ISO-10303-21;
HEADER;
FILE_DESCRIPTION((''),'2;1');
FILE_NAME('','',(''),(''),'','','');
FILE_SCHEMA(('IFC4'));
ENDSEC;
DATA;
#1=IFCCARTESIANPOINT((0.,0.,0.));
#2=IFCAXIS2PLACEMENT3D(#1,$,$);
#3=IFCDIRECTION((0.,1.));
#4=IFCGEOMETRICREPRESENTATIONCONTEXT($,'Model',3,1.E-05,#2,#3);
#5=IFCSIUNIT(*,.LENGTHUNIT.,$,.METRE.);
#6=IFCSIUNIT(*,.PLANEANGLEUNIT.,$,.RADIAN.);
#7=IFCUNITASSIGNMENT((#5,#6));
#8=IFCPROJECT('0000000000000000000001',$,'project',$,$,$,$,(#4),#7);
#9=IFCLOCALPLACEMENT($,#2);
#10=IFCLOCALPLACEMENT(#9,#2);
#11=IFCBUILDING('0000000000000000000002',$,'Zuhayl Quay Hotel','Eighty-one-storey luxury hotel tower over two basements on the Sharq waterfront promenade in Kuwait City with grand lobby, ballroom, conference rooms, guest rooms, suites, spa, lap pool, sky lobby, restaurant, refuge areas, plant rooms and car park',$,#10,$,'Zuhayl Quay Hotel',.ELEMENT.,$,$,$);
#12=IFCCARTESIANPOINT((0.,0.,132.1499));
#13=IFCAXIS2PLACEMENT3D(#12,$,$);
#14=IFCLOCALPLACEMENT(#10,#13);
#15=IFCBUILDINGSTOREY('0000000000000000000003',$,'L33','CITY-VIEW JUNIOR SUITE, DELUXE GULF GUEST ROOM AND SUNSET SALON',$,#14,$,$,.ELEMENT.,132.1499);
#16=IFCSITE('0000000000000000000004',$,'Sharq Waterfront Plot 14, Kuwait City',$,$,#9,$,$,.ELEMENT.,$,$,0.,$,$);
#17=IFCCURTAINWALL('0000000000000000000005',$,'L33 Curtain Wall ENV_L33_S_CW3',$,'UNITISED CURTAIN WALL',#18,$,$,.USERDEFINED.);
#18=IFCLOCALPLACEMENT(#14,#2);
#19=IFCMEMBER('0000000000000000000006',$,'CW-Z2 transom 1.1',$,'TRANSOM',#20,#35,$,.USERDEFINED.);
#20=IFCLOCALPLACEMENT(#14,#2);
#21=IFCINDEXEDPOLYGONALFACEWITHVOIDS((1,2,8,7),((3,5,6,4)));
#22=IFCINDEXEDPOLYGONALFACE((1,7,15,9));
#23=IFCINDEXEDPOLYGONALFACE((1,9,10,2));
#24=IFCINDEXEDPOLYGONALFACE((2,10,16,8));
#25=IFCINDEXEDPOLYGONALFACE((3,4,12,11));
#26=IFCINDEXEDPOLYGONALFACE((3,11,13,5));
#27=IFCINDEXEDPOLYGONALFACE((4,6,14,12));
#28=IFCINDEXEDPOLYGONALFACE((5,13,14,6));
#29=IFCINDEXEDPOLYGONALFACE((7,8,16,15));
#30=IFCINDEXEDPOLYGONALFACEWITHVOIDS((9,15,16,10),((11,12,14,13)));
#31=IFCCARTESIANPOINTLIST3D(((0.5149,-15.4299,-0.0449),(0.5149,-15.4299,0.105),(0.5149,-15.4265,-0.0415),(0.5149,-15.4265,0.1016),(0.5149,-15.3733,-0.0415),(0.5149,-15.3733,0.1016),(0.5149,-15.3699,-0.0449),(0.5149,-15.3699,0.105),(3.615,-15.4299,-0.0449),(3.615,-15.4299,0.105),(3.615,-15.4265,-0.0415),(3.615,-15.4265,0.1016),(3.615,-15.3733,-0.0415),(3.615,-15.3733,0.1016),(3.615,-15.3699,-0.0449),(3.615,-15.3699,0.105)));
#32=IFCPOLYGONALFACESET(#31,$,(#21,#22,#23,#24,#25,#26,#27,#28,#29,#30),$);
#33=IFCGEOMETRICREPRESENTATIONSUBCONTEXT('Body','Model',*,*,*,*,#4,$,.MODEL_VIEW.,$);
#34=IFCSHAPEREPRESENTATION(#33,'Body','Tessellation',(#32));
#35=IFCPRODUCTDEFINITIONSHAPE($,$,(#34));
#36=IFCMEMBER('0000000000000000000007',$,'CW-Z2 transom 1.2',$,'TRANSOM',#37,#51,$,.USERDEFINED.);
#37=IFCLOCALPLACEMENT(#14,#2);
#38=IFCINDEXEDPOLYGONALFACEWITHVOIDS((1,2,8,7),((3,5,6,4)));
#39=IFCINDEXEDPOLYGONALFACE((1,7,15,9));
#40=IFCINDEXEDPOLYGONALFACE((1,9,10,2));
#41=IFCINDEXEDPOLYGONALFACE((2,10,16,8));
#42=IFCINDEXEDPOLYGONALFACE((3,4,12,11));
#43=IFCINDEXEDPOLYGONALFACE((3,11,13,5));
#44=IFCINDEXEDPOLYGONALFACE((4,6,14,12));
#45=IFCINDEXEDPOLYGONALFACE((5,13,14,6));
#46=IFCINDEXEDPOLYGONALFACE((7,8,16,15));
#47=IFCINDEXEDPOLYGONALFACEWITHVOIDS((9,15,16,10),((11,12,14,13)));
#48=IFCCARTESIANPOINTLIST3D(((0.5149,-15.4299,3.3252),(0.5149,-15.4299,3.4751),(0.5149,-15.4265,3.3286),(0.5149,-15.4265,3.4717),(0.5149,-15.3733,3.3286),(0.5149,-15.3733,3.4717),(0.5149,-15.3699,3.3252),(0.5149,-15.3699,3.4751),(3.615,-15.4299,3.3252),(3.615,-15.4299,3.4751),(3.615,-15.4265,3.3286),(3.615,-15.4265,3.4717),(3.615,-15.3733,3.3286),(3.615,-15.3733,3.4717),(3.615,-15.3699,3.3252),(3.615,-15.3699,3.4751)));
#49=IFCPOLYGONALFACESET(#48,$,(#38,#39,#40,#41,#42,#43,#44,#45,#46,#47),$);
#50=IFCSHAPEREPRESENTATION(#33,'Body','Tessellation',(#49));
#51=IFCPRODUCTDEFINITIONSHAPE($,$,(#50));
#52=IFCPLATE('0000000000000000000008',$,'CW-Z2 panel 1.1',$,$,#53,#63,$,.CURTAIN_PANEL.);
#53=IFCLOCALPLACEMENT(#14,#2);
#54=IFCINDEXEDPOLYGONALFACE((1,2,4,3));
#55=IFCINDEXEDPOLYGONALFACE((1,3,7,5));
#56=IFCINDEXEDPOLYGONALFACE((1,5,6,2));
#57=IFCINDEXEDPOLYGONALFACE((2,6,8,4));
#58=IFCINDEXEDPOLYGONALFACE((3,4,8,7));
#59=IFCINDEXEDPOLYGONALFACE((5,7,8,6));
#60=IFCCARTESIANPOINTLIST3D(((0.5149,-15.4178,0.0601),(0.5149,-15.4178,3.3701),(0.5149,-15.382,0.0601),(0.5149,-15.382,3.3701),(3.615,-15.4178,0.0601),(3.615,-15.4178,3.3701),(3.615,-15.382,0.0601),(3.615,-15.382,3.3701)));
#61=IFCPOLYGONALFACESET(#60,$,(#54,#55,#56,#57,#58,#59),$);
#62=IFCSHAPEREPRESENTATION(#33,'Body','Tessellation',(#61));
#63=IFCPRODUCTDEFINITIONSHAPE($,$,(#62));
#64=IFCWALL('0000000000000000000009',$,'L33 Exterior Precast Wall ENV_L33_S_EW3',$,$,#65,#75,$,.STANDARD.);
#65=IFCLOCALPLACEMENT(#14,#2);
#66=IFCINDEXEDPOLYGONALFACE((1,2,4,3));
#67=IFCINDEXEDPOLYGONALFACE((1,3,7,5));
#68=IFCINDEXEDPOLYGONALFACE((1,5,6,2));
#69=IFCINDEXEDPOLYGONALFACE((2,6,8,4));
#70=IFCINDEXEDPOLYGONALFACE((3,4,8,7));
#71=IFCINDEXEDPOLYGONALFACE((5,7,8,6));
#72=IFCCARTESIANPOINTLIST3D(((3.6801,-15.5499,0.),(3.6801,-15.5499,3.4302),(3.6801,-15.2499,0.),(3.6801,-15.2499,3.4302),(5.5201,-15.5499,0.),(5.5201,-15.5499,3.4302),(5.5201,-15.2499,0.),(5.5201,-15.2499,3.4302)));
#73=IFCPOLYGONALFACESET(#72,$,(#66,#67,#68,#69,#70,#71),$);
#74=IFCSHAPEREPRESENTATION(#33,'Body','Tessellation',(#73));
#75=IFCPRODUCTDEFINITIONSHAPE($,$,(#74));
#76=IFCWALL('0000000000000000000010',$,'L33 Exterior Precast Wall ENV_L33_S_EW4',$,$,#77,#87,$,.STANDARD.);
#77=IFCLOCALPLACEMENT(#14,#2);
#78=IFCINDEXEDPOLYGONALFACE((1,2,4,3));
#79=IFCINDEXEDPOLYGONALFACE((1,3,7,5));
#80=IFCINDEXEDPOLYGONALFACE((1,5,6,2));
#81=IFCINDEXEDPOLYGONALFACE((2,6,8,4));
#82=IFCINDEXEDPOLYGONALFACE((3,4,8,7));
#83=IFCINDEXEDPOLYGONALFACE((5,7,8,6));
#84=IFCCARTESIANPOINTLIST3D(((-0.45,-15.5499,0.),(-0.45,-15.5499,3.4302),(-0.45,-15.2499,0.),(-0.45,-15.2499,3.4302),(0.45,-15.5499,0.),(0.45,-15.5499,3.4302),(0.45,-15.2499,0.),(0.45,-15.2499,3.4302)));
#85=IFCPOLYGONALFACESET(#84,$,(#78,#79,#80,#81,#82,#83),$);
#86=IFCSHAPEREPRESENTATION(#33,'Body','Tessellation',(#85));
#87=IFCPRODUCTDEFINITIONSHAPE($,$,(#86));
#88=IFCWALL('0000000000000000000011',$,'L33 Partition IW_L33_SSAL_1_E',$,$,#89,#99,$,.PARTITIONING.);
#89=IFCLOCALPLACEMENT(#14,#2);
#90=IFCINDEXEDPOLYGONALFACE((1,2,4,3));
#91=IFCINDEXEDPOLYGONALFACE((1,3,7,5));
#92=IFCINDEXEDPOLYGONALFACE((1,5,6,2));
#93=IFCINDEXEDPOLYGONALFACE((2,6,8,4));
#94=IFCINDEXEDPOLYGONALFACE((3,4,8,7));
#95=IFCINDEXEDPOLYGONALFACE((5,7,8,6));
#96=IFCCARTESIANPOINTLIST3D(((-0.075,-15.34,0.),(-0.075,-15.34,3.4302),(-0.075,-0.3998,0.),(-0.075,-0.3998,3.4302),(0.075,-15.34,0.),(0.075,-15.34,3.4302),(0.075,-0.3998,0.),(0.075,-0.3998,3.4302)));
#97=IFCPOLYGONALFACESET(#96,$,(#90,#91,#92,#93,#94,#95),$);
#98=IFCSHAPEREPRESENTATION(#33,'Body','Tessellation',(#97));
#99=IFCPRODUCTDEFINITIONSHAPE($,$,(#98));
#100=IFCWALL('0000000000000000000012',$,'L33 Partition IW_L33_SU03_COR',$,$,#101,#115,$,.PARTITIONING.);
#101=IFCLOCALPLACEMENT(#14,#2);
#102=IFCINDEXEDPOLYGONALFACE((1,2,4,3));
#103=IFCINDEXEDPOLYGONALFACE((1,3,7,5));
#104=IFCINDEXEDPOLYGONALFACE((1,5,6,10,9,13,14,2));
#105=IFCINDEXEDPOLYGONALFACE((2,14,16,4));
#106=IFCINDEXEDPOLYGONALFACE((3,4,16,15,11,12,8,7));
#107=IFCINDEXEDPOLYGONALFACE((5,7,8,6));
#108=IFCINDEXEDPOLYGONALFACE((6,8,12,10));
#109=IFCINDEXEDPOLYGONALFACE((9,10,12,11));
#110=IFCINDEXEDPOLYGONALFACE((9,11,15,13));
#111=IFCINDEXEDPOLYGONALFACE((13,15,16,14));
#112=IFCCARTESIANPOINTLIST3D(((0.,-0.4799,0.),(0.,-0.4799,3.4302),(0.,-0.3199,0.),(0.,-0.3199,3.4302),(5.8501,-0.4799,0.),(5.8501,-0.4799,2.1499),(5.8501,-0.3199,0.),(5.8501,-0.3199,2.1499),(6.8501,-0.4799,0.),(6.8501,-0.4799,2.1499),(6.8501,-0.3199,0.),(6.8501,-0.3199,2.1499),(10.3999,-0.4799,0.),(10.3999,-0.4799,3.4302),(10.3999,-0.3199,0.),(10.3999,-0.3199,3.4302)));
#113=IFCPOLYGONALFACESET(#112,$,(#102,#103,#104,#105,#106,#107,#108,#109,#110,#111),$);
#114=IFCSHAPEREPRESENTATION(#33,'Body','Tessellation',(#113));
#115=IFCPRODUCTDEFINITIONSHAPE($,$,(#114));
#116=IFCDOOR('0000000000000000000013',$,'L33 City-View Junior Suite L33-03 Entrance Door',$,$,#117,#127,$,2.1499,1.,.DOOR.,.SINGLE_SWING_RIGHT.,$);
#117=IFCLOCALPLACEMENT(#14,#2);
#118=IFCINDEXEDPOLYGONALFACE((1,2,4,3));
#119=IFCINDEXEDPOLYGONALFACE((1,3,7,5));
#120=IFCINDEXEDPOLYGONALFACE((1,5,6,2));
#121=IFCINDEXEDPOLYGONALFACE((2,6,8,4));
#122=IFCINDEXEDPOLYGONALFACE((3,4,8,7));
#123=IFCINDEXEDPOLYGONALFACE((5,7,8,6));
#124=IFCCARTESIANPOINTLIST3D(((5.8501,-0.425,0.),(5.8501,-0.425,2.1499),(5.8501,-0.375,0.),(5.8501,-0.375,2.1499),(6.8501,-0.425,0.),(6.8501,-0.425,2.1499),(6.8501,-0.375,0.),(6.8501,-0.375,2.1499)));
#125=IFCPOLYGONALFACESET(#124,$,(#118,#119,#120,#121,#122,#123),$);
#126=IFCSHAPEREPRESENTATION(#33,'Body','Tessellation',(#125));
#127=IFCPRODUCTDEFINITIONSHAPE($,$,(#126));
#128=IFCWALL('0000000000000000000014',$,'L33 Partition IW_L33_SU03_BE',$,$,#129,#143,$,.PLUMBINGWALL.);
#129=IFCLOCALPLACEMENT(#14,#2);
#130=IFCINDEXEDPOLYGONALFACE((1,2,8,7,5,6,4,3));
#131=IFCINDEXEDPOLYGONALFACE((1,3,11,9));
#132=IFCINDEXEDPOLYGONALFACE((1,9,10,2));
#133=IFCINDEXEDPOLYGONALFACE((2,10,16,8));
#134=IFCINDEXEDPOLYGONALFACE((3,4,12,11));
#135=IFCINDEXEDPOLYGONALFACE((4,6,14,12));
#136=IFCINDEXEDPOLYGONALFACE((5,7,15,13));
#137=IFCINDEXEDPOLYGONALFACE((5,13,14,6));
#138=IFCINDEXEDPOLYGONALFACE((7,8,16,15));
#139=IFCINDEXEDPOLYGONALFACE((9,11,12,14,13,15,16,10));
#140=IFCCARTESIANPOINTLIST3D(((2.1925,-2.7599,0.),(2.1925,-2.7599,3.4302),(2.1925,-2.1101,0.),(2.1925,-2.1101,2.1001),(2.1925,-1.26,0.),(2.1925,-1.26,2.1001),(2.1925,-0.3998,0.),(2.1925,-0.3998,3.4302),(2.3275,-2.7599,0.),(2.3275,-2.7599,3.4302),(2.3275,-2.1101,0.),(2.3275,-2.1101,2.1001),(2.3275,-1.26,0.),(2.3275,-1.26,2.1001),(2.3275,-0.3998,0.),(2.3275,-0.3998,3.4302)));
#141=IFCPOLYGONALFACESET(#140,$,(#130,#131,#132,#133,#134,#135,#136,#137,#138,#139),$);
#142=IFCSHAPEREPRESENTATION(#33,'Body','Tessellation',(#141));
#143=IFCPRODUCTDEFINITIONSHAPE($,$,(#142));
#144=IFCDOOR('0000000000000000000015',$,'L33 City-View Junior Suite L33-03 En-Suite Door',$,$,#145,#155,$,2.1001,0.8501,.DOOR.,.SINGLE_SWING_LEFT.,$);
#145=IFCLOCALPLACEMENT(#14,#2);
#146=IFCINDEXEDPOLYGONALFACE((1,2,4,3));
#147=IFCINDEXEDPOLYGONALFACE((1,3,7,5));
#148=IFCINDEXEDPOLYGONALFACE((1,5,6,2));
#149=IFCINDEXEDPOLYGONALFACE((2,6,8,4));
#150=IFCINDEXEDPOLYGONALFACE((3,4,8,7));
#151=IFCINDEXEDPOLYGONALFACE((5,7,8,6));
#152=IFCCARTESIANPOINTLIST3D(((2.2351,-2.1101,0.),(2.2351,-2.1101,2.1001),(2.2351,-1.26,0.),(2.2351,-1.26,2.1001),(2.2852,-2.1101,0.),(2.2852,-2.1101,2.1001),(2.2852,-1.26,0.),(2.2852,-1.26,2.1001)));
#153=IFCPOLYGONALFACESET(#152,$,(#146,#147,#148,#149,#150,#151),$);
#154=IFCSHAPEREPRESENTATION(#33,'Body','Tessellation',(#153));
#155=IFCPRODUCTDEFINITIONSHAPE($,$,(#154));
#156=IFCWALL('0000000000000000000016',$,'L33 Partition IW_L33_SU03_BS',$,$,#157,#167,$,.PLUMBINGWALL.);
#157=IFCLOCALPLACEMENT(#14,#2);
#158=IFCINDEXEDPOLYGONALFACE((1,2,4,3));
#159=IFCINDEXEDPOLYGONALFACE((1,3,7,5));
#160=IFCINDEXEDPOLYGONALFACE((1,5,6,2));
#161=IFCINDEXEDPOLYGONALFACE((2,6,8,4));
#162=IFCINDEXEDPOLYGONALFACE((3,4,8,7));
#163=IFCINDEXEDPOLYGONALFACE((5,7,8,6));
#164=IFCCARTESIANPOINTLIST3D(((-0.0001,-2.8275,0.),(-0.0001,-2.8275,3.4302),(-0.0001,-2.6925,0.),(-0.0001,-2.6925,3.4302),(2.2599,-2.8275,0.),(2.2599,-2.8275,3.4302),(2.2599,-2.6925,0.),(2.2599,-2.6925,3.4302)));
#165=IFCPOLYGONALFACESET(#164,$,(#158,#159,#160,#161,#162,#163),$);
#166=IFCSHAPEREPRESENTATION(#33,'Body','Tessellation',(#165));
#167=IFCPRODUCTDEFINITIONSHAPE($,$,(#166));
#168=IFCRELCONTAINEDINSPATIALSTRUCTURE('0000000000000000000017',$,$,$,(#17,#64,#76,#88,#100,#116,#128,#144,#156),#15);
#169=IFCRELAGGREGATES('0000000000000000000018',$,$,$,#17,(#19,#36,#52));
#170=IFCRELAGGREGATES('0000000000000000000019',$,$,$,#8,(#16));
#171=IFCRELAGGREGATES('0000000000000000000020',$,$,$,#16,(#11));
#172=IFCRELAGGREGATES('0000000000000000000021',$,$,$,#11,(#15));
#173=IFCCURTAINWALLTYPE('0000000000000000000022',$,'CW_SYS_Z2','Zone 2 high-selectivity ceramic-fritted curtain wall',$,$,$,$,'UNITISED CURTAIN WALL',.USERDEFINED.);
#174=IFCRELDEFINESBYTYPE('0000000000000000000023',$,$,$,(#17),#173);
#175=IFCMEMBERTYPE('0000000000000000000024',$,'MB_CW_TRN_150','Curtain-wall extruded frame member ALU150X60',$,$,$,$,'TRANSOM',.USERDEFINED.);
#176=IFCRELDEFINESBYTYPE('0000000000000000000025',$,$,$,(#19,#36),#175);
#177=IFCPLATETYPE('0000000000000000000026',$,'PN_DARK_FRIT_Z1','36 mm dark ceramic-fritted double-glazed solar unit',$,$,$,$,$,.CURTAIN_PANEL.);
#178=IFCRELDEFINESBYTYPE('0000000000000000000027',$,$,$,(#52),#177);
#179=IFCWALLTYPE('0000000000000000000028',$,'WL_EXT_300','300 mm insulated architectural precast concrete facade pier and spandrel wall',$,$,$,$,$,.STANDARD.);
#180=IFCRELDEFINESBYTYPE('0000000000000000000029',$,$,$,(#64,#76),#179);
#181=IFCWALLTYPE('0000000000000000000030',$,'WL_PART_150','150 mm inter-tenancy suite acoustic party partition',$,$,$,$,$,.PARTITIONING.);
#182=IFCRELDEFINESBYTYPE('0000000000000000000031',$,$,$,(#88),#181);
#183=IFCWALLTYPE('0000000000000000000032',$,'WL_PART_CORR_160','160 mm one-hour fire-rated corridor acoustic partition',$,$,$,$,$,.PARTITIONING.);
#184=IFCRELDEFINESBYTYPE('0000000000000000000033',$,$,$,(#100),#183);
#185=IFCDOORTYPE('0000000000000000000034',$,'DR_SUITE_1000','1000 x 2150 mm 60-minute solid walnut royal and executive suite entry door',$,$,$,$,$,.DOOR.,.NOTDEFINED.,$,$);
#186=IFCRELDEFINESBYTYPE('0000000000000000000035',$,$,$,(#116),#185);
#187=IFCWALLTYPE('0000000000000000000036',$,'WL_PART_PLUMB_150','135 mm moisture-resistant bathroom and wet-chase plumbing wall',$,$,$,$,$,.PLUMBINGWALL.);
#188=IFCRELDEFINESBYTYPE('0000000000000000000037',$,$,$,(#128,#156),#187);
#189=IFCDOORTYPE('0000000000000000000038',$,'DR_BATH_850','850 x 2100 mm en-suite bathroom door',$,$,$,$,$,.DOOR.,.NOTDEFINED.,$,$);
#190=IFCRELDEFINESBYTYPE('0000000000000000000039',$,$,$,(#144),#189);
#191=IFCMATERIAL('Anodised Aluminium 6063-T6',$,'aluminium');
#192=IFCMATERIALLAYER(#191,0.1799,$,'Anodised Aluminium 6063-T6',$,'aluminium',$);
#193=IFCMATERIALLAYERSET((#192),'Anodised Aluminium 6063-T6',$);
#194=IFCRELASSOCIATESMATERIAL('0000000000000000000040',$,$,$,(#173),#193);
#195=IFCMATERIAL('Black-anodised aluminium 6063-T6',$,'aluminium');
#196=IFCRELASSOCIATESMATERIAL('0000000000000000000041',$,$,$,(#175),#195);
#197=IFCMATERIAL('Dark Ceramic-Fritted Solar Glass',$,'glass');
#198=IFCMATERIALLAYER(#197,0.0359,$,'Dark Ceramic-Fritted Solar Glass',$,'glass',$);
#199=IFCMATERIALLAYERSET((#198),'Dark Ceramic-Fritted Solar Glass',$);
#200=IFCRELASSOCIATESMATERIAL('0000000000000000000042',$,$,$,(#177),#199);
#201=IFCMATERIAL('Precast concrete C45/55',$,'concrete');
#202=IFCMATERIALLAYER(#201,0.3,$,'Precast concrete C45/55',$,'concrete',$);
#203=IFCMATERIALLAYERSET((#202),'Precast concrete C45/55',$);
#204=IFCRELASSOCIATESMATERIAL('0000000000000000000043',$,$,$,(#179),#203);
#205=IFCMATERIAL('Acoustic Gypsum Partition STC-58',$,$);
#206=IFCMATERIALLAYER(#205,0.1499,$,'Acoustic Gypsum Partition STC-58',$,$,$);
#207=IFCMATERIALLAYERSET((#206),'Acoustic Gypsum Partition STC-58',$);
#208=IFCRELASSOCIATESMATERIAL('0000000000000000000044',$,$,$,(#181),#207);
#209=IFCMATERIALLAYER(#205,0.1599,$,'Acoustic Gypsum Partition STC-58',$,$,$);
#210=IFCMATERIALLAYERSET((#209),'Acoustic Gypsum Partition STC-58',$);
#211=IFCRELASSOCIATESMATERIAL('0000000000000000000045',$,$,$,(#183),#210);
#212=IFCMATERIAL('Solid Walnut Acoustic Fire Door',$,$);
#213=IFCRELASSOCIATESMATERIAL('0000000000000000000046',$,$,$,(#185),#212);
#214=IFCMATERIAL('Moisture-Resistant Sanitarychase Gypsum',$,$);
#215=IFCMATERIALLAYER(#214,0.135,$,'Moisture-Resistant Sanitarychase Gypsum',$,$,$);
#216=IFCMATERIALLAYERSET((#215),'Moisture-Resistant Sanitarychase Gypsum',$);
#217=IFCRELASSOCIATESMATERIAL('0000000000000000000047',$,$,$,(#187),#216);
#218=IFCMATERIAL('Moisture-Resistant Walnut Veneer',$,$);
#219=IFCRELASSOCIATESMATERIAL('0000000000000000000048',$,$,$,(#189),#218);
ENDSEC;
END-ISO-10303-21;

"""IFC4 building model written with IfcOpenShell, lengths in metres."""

from ifc_helpers import new_model, si_unit, direction, frame, frame_2d, origin, origin_2d, place, context, subcontext, project, spatial, rectangle, hollow_rectangle, extrude, material, layer, layer_set, material_profile, profile_set, type_object, element, fill, aggregate, save


model = new_model("IFC4")

# Units and contexts
model_context = context("Model", 3, precision=1e-05, world=origin(), true_north=direction((0.0, 1.0)))
body_context = subcontext(model_context, "Body", "Model", "MODEL_VIEW")
ifc_project = project(units=[si_unit("LENGTHUNIT", "METRE"), si_unit("PLANEANGLEUNIT", "RADIAN")], contexts=[model_context])

# Site, building, storey
site_placement = place(None, origin())
site = spatial("IfcSite", under=ifc_project, at=site_placement, Name="Sharq Waterfront Plot 14, Kuwait City", CompositionType="ELEMENT", RefElevation=0.0)
building_placement = place(site_placement, origin())
building = spatial("IfcBuilding", under=site, at=building_placement, Name="Zuhayl Quay Hotel", Description="Eighty-one-storey luxury hotel tower over two basements on the Sharq waterfront promenade in Kuwait City with grand lobby, ballroom, conference rooms, guest rooms, suites, spa, lap pool, sky lobby, restaurant, refuge areas, plant rooms and car park", LongName="Zuhayl Quay Hotel", CompositionType="ELEMENT")
storey_placement = place(building_placement, frame((0.0, 0.0, 132.1499)))
storey = spatial("IfcBuildingStorey", under=building, at=storey_placement, Name="L33", Description="CITY-VIEW JUNIOR SUITE, DELUXE GULF GUEST ROOM AND SUNSET SALON", CompositionType="ELEMENT", Elevation=132.1499)

# Shared definitions
ifc_material_1 = material(Name="Anodised Aluminium 6063-T6", Category="aluminium")
ifc_layer_1 = layer(ifc_material_1, 0.1799, Name="Anodised Aluminium 6063-T6", Category="aluminium")
ifc_layer_set_1 = layer_set([ifc_layer_1], Name="Anodised Aluminium 6063-T6")
curtain_wall_type = type_object("IfcCurtainWallType", Name="CW_SYS_Z2", Description="Zone 2 high-selectivity ceramic-fritted curtain wall", ElementType="UNITISED CURTAIN WALL", PredefinedType="USERDEFINED", material=ifc_layer_set_1)
ifc_material_2 = material(Name="Black-anodised aluminium 6063-T6", Category="aluminium")

# Curtain wall, members, plate
curtain_wall_1_placement = place(storey_placement, origin())
curtain_wall_1 = element("IfcCurtainWall", 1, at=curtain_wall_1_placement, inside=storey, type_object=curtain_wall_type, Name="L33 Curtain Wall ENV_L33_S_CW3", ObjectType="UNITISED CURTAIN WALL", PredefinedType="USERDEFINED")
ifc_material_profile_1 = material_profile(ifc_material_2, hollow_rectangle(XDim=0.0601, YDim=0.1499, WallThickness=0.0034, at=origin_2d()), Name="ALU150X60")
ifc_profile_set_1 = profile_set([ifc_material_profile_1], Name="Black-anodised aluminium 6063-T6")
member_type_1 = type_object("IfcMemberType", Name="MB_CW_TRN_150", Description="Curtain-wall extruded frame member ALU150X60", ElementType="TRANSOM", PredefinedType="USERDEFINED", material=ifc_profile_set_1)
member_1_placement = place(storey_placement, frame((3.615, -15.3999, 0.03), z_axis=(-1.0, 0.0, 0.0), x_axis=(0.0, -1.0, 0.0)))
member_1 = element("IfcMember", 2, at=member_1_placement, type_object=member_type_1, Name="CW-Z2 transom 1.1", ObjectType="TRANSOM", PredefinedType="USERDEFINED", context=body_context, shape_type="SweptSolid", body=[
    extrude(hollow_rectangle(XDim=0.0601, YDim=0.1499, WallThickness=0.0034, at=origin_2d()), origin(), (0.0, 0.0, 1.0), 3.1001),
])
member_2_placement = place(storey_placement, frame((3.615, -15.3999, 3.4001), z_axis=(-1.0, 0.0, 0.0), x_axis=(0.0, -1.0, 0.0)))
member_2 = element("IfcMember", 3, at=member_2_placement, type_object=member_type_1, Name="CW-Z2 transom 1.2", ObjectType="TRANSOM", PredefinedType="USERDEFINED", context=body_context, shape_type="SweptSolid", body=[
    extrude(hollow_rectangle(XDim=0.0601, YDim=0.1499, WallThickness=0.0034, at=origin_2d()), origin(), (0.0, 0.0, 1.0), 3.1001),
])
ifc_material_3 = material(Name="Dark Ceramic-Fritted Solar Glass", Category="glass")
ifc_layer_2 = layer(ifc_material_3, 0.0359, Name="Dark Ceramic-Fritted Solar Glass", Category="glass")
ifc_layer_set_2 = layer_set([ifc_layer_2], Name="Dark Ceramic-Fritted Solar Glass")
plate_type = type_object("IfcPlateType", Name="PN_DARK_FRIT_Z1", Description="36 mm dark ceramic-fritted double-glazed solar unit", PredefinedType="CURTAIN_PANEL", material=ifc_layer_set_2)
plate_placement = place(storey_placement, frame((2.0649, -15.3999, 0.0601), z_axis=(0.0, 0.0, 1.0), x_axis=(-1.0, 0.0, 0.0)))
plate = element("IfcPlate", 4, at=plate_placement, type_object=plate_type, Name="CW-Z2 panel 1.1", PredefinedType="CURTAIN_PANEL", context=body_context, shape_type="SweptSolid", body=[
    extrude(rectangle(XDim=3.1001, YDim=0.0359, at=origin_2d()), origin(), (0.0, 0.0, 1.0), 3.3101),
])
aggregate(curtain_wall_1, [member_1, member_2, plate])

# Walls
ifc_material_4 = material(Name="Precast concrete C45/55", Category="concrete")
ifc_layer_3 = layer(ifc_material_4, 0.3, Name="Precast concrete C45/55", Category="concrete")
ifc_layer_set_3 = layer_set([ifc_layer_3], Name="Precast concrete C45/55")
wall_type_1 = type_object("IfcWallType", Name="WL_EXT_300", Description="300 mm insulated architectural precast concrete facade pier and spandrel wall", PredefinedType="STANDARD", material=ifc_layer_set_3)
wall_1_placement = place(storey_placement, frame((5.52, -15.3999, 0.0), z_axis=(0.0, 0.0, 1.0), x_axis=(-1.0, 0.0, 0.0)))
element("IfcWall", 5, at=wall_1_placement, inside=storey, type_object=wall_type_1, Name="L33 Exterior Precast Wall ENV_L33_S_EW3", PredefinedType="STANDARD", context=body_context, shape_type="SweptSolid", body=[
    extrude(rectangle(XDim=1.8401, YDim=0.3, at=frame_2d((0.9199, 0.0))), origin(), (0.0, 0.0, 1.0), 3.4302),
])
wall_2_placement = place(storey_placement, frame((0.45, -15.3999, 0.0), z_axis=(0.0, 0.0, 1.0), x_axis=(-1.0, 0.0, 0.0)))
element("IfcWall", 6, at=wall_2_placement, inside=storey, type_object=wall_type_1, Name="L33 Exterior Precast Wall ENV_L33_S_EW4", PredefinedType="STANDARD", context=body_context, shape_type="SweptSolid", body=[
    extrude(rectangle(XDim=0.8999, YDim=0.3, at=frame_2d((0.45, 0.0))), origin(), (0.0, 0.0, 1.0), 3.4302),
])
ifc_material_5 = material(Name="Acoustic Gypsum Partition STC-58")
ifc_layer_4 = layer(ifc_material_5, 0.1499, Name="Acoustic Gypsum Partition STC-58")
ifc_layer_set_4 = layer_set([ifc_layer_4], Name="Acoustic Gypsum Partition STC-58")
wall_type_2 = type_object("IfcWallType", Name="WL_PART_150", Description="150 mm inter-tenancy suite acoustic party partition", PredefinedType="PARTITIONING", material=ifc_layer_set_4)
wall_3_placement = place(storey_placement, frame((0.0, -15.3401, 0.0), z_axis=(0.0, 0.0, 1.0), x_axis=(0.0, 1.0, 0.0)))
element("IfcWall", 7, at=wall_3_placement, inside=storey, type_object=wall_type_2, Name="L33 Partition IW_L33_SSAL_1_E", PredefinedType="PARTITIONING", context=body_context, shape_type="SweptSolid", body=[
    extrude(rectangle(XDim=14.9402, YDim=0.1499, at=frame_2d((7.4702, 0.0))), origin(), (0.0, 0.0, 1.0), 3.4302),
])

# Walls, openings, doors
ifc_layer_5 = layer(ifc_material_5, 0.1599, Name="Acoustic Gypsum Partition STC-58")
ifc_layer_set_5 = layer_set([ifc_layer_5], Name="Acoustic Gypsum Partition STC-58")
wall_type_3 = type_object("IfcWallType", Name="WL_PART_CORR_160", Description="160 mm one-hour fire-rated corridor acoustic partition", PredefinedType="PARTITIONING", material=ifc_layer_set_5)
wall_4_placement = place(storey_placement, frame((0.0, -0.3999, 0.0), z_axis=(0.0, 0.0, 1.0), x_axis=(1.0, 0.0, 0.0)))
wall_4 = element("IfcWall", 8, at=wall_4_placement, inside=storey, type_object=wall_type_3, Name="L33 Partition IW_L33_SU03_COR", PredefinedType="PARTITIONING", context=body_context, shape_type="SweptSolid", body=[
    extrude(rectangle(XDim=10.3999, YDim=0.1599, at=frame_2d((5.2, 0.0))), origin(), (0.0, 0.0, 1.0), 3.4302),
])
opening_1_placement = place(wall_4_placement, frame((5.8501, 0.0, 0.0)))
opening_1 = element("IfcOpeningElement", 9, at=opening_1_placement, cuts=wall_4, PredefinedType="OPENING", context=body_context, shape_type="SweptSolid", body=[
    extrude(rectangle(XDim=1.0, YDim=2.1499, at=frame_2d((0.5, 1.075))), frame((0.0, 0.0898, 0.0), z_axis=(0.0, -1.0, 0.0), x_axis=(1.0, 0.0, 0.0)), (0.0, 0.0, 1.0), 0.1799),
])
ifc_material_6 = material(Name="Solid Walnut Acoustic Fire Door")
door_type_1 = type_object("IfcDoorType", Name="DR_SUITE_1000", Description="1000 x 2150 mm 60-minute solid walnut royal and executive suite entry door", OperationType="NOTDEFINED", PredefinedType="DOOR", material=ifc_material_6)
door_1_placement = place(opening_1_placement, origin())
door_1 = element("IfcDoor", 10, at=door_1_placement, inside=storey, type_object=door_type_1, Name="L33 City-View Junior Suite L33-03 Entrance Door", OperationType="SINGLE_SWING_RIGHT", OverallHeight=2.1499, OverallWidth=1.0, PredefinedType="DOOR", context=body_context, shape_type="SweptSolid", body=[
    extrude(rectangle(XDim=1.0, YDim=2.1499, at=frame_2d((0.5, 1.075))), frame((0.0, 0.0249, 0.0), z_axis=(0.0, -1.0, 0.0), x_axis=(1.0, 0.0, 0.0)), (0.0, 0.0, 1.0), 0.05),
])
fill(opening_1, door_1)
ifc_material_7 = material(Name="Moisture-Resistant Sanitarychase Gypsum")
ifc_layer_6 = layer(ifc_material_7, 0.135, Name="Moisture-Resistant Sanitarychase Gypsum")
ifc_layer_set_6 = layer_set([ifc_layer_6], Name="Moisture-Resistant Sanitarychase Gypsum")
wall_type_4 = type_object("IfcWallType", Name="WL_PART_PLUMB_150", Description="135 mm moisture-resistant bathroom and wet-chase plumbing wall", PredefinedType="PLUMBINGWALL", material=ifc_layer_set_6)
wall_5_placement = place(storey_placement, frame((2.26, -2.76, 0.0), z_axis=(0.0, 0.0, 1.0), x_axis=(0.0, 1.0, 0.0)))
wall_5 = element("IfcWall", 11, at=wall_5_placement, inside=storey, type_object=wall_type_4, Name="L33 Partition IW_L33_SU03_BE", PredefinedType="PLUMBINGWALL", context=body_context, shape_type="SweptSolid", body=[
    extrude(rectangle(XDim=2.3601, YDim=0.135, at=frame_2d((1.1802, 0.0))), origin(), (0.0, 0.0, 1.0), 3.4302),
])
opening_2_placement = place(wall_5_placement, frame((0.6499, 0.0, 0.0)))
opening_2 = element("IfcOpeningElement", 12, at=opening_2_placement, cuts=wall_5, PredefinedType="OPENING", context=body_context, shape_type="SweptSolid", body=[
    extrude(rectangle(XDim=0.8501, YDim=2.1001, at=frame_2d((0.425, 1.05))), frame((0.0, 0.0774, 0.0), z_axis=(0.0, -1.0, 0.0), x_axis=(1.0, 0.0, 0.0)), (0.0, 0.0, 1.0), 0.155),
])
ifc_material_8 = material(Name="Moisture-Resistant Walnut Veneer")
door_type_2 = type_object("IfcDoorType", Name="DR_BATH_850", Description="850 x 2100 mm en-suite bathroom door", OperationType="NOTDEFINED", PredefinedType="DOOR", material=ifc_material_8)
door_2_placement = place(opening_2_placement, origin())
door_2 = element("IfcDoor", 13, at=door_2_placement, inside=storey, type_object=door_type_2, Name="L33 City-View Junior Suite L33-03 En-Suite Door", OperationType="SINGLE_SWING_LEFT", OverallHeight=2.1001, OverallWidth=0.8501, PredefinedType="DOOR", context=body_context, shape_type="SweptSolid", body=[
    extrude(rectangle(XDim=0.8501, YDim=2.1001, at=frame_2d((0.425, 1.05))), frame((0.0, 0.0249, 0.0), z_axis=(0.0, -1.0, 0.0), x_axis=(1.0, 0.0, 0.0)), (0.0, 0.0, 1.0), 0.05),
])
fill(opening_2, door_2)

# Wall
wall_6_placement = place(storey_placement, frame((0.0, -2.76, 0.0), z_axis=(0.0, 0.0, 1.0), x_axis=(1.0, 0.0, 0.0)))
element("IfcWall", 14, at=wall_6_placement, inside=storey, type_object=wall_type_4, Name="L33 Partition IW_L33_SU03_BS", PredefinedType="PLUMBINGWALL", context=body_context, shape_type="SweptSolid", body=[
    extrude(rectangle(XDim=2.26, YDim=0.135, at=frame_2d((1.1299, 0.0))), origin(), (0.0, 0.0, 1.0), 3.4302),
])

save(model, "model.ifc")
